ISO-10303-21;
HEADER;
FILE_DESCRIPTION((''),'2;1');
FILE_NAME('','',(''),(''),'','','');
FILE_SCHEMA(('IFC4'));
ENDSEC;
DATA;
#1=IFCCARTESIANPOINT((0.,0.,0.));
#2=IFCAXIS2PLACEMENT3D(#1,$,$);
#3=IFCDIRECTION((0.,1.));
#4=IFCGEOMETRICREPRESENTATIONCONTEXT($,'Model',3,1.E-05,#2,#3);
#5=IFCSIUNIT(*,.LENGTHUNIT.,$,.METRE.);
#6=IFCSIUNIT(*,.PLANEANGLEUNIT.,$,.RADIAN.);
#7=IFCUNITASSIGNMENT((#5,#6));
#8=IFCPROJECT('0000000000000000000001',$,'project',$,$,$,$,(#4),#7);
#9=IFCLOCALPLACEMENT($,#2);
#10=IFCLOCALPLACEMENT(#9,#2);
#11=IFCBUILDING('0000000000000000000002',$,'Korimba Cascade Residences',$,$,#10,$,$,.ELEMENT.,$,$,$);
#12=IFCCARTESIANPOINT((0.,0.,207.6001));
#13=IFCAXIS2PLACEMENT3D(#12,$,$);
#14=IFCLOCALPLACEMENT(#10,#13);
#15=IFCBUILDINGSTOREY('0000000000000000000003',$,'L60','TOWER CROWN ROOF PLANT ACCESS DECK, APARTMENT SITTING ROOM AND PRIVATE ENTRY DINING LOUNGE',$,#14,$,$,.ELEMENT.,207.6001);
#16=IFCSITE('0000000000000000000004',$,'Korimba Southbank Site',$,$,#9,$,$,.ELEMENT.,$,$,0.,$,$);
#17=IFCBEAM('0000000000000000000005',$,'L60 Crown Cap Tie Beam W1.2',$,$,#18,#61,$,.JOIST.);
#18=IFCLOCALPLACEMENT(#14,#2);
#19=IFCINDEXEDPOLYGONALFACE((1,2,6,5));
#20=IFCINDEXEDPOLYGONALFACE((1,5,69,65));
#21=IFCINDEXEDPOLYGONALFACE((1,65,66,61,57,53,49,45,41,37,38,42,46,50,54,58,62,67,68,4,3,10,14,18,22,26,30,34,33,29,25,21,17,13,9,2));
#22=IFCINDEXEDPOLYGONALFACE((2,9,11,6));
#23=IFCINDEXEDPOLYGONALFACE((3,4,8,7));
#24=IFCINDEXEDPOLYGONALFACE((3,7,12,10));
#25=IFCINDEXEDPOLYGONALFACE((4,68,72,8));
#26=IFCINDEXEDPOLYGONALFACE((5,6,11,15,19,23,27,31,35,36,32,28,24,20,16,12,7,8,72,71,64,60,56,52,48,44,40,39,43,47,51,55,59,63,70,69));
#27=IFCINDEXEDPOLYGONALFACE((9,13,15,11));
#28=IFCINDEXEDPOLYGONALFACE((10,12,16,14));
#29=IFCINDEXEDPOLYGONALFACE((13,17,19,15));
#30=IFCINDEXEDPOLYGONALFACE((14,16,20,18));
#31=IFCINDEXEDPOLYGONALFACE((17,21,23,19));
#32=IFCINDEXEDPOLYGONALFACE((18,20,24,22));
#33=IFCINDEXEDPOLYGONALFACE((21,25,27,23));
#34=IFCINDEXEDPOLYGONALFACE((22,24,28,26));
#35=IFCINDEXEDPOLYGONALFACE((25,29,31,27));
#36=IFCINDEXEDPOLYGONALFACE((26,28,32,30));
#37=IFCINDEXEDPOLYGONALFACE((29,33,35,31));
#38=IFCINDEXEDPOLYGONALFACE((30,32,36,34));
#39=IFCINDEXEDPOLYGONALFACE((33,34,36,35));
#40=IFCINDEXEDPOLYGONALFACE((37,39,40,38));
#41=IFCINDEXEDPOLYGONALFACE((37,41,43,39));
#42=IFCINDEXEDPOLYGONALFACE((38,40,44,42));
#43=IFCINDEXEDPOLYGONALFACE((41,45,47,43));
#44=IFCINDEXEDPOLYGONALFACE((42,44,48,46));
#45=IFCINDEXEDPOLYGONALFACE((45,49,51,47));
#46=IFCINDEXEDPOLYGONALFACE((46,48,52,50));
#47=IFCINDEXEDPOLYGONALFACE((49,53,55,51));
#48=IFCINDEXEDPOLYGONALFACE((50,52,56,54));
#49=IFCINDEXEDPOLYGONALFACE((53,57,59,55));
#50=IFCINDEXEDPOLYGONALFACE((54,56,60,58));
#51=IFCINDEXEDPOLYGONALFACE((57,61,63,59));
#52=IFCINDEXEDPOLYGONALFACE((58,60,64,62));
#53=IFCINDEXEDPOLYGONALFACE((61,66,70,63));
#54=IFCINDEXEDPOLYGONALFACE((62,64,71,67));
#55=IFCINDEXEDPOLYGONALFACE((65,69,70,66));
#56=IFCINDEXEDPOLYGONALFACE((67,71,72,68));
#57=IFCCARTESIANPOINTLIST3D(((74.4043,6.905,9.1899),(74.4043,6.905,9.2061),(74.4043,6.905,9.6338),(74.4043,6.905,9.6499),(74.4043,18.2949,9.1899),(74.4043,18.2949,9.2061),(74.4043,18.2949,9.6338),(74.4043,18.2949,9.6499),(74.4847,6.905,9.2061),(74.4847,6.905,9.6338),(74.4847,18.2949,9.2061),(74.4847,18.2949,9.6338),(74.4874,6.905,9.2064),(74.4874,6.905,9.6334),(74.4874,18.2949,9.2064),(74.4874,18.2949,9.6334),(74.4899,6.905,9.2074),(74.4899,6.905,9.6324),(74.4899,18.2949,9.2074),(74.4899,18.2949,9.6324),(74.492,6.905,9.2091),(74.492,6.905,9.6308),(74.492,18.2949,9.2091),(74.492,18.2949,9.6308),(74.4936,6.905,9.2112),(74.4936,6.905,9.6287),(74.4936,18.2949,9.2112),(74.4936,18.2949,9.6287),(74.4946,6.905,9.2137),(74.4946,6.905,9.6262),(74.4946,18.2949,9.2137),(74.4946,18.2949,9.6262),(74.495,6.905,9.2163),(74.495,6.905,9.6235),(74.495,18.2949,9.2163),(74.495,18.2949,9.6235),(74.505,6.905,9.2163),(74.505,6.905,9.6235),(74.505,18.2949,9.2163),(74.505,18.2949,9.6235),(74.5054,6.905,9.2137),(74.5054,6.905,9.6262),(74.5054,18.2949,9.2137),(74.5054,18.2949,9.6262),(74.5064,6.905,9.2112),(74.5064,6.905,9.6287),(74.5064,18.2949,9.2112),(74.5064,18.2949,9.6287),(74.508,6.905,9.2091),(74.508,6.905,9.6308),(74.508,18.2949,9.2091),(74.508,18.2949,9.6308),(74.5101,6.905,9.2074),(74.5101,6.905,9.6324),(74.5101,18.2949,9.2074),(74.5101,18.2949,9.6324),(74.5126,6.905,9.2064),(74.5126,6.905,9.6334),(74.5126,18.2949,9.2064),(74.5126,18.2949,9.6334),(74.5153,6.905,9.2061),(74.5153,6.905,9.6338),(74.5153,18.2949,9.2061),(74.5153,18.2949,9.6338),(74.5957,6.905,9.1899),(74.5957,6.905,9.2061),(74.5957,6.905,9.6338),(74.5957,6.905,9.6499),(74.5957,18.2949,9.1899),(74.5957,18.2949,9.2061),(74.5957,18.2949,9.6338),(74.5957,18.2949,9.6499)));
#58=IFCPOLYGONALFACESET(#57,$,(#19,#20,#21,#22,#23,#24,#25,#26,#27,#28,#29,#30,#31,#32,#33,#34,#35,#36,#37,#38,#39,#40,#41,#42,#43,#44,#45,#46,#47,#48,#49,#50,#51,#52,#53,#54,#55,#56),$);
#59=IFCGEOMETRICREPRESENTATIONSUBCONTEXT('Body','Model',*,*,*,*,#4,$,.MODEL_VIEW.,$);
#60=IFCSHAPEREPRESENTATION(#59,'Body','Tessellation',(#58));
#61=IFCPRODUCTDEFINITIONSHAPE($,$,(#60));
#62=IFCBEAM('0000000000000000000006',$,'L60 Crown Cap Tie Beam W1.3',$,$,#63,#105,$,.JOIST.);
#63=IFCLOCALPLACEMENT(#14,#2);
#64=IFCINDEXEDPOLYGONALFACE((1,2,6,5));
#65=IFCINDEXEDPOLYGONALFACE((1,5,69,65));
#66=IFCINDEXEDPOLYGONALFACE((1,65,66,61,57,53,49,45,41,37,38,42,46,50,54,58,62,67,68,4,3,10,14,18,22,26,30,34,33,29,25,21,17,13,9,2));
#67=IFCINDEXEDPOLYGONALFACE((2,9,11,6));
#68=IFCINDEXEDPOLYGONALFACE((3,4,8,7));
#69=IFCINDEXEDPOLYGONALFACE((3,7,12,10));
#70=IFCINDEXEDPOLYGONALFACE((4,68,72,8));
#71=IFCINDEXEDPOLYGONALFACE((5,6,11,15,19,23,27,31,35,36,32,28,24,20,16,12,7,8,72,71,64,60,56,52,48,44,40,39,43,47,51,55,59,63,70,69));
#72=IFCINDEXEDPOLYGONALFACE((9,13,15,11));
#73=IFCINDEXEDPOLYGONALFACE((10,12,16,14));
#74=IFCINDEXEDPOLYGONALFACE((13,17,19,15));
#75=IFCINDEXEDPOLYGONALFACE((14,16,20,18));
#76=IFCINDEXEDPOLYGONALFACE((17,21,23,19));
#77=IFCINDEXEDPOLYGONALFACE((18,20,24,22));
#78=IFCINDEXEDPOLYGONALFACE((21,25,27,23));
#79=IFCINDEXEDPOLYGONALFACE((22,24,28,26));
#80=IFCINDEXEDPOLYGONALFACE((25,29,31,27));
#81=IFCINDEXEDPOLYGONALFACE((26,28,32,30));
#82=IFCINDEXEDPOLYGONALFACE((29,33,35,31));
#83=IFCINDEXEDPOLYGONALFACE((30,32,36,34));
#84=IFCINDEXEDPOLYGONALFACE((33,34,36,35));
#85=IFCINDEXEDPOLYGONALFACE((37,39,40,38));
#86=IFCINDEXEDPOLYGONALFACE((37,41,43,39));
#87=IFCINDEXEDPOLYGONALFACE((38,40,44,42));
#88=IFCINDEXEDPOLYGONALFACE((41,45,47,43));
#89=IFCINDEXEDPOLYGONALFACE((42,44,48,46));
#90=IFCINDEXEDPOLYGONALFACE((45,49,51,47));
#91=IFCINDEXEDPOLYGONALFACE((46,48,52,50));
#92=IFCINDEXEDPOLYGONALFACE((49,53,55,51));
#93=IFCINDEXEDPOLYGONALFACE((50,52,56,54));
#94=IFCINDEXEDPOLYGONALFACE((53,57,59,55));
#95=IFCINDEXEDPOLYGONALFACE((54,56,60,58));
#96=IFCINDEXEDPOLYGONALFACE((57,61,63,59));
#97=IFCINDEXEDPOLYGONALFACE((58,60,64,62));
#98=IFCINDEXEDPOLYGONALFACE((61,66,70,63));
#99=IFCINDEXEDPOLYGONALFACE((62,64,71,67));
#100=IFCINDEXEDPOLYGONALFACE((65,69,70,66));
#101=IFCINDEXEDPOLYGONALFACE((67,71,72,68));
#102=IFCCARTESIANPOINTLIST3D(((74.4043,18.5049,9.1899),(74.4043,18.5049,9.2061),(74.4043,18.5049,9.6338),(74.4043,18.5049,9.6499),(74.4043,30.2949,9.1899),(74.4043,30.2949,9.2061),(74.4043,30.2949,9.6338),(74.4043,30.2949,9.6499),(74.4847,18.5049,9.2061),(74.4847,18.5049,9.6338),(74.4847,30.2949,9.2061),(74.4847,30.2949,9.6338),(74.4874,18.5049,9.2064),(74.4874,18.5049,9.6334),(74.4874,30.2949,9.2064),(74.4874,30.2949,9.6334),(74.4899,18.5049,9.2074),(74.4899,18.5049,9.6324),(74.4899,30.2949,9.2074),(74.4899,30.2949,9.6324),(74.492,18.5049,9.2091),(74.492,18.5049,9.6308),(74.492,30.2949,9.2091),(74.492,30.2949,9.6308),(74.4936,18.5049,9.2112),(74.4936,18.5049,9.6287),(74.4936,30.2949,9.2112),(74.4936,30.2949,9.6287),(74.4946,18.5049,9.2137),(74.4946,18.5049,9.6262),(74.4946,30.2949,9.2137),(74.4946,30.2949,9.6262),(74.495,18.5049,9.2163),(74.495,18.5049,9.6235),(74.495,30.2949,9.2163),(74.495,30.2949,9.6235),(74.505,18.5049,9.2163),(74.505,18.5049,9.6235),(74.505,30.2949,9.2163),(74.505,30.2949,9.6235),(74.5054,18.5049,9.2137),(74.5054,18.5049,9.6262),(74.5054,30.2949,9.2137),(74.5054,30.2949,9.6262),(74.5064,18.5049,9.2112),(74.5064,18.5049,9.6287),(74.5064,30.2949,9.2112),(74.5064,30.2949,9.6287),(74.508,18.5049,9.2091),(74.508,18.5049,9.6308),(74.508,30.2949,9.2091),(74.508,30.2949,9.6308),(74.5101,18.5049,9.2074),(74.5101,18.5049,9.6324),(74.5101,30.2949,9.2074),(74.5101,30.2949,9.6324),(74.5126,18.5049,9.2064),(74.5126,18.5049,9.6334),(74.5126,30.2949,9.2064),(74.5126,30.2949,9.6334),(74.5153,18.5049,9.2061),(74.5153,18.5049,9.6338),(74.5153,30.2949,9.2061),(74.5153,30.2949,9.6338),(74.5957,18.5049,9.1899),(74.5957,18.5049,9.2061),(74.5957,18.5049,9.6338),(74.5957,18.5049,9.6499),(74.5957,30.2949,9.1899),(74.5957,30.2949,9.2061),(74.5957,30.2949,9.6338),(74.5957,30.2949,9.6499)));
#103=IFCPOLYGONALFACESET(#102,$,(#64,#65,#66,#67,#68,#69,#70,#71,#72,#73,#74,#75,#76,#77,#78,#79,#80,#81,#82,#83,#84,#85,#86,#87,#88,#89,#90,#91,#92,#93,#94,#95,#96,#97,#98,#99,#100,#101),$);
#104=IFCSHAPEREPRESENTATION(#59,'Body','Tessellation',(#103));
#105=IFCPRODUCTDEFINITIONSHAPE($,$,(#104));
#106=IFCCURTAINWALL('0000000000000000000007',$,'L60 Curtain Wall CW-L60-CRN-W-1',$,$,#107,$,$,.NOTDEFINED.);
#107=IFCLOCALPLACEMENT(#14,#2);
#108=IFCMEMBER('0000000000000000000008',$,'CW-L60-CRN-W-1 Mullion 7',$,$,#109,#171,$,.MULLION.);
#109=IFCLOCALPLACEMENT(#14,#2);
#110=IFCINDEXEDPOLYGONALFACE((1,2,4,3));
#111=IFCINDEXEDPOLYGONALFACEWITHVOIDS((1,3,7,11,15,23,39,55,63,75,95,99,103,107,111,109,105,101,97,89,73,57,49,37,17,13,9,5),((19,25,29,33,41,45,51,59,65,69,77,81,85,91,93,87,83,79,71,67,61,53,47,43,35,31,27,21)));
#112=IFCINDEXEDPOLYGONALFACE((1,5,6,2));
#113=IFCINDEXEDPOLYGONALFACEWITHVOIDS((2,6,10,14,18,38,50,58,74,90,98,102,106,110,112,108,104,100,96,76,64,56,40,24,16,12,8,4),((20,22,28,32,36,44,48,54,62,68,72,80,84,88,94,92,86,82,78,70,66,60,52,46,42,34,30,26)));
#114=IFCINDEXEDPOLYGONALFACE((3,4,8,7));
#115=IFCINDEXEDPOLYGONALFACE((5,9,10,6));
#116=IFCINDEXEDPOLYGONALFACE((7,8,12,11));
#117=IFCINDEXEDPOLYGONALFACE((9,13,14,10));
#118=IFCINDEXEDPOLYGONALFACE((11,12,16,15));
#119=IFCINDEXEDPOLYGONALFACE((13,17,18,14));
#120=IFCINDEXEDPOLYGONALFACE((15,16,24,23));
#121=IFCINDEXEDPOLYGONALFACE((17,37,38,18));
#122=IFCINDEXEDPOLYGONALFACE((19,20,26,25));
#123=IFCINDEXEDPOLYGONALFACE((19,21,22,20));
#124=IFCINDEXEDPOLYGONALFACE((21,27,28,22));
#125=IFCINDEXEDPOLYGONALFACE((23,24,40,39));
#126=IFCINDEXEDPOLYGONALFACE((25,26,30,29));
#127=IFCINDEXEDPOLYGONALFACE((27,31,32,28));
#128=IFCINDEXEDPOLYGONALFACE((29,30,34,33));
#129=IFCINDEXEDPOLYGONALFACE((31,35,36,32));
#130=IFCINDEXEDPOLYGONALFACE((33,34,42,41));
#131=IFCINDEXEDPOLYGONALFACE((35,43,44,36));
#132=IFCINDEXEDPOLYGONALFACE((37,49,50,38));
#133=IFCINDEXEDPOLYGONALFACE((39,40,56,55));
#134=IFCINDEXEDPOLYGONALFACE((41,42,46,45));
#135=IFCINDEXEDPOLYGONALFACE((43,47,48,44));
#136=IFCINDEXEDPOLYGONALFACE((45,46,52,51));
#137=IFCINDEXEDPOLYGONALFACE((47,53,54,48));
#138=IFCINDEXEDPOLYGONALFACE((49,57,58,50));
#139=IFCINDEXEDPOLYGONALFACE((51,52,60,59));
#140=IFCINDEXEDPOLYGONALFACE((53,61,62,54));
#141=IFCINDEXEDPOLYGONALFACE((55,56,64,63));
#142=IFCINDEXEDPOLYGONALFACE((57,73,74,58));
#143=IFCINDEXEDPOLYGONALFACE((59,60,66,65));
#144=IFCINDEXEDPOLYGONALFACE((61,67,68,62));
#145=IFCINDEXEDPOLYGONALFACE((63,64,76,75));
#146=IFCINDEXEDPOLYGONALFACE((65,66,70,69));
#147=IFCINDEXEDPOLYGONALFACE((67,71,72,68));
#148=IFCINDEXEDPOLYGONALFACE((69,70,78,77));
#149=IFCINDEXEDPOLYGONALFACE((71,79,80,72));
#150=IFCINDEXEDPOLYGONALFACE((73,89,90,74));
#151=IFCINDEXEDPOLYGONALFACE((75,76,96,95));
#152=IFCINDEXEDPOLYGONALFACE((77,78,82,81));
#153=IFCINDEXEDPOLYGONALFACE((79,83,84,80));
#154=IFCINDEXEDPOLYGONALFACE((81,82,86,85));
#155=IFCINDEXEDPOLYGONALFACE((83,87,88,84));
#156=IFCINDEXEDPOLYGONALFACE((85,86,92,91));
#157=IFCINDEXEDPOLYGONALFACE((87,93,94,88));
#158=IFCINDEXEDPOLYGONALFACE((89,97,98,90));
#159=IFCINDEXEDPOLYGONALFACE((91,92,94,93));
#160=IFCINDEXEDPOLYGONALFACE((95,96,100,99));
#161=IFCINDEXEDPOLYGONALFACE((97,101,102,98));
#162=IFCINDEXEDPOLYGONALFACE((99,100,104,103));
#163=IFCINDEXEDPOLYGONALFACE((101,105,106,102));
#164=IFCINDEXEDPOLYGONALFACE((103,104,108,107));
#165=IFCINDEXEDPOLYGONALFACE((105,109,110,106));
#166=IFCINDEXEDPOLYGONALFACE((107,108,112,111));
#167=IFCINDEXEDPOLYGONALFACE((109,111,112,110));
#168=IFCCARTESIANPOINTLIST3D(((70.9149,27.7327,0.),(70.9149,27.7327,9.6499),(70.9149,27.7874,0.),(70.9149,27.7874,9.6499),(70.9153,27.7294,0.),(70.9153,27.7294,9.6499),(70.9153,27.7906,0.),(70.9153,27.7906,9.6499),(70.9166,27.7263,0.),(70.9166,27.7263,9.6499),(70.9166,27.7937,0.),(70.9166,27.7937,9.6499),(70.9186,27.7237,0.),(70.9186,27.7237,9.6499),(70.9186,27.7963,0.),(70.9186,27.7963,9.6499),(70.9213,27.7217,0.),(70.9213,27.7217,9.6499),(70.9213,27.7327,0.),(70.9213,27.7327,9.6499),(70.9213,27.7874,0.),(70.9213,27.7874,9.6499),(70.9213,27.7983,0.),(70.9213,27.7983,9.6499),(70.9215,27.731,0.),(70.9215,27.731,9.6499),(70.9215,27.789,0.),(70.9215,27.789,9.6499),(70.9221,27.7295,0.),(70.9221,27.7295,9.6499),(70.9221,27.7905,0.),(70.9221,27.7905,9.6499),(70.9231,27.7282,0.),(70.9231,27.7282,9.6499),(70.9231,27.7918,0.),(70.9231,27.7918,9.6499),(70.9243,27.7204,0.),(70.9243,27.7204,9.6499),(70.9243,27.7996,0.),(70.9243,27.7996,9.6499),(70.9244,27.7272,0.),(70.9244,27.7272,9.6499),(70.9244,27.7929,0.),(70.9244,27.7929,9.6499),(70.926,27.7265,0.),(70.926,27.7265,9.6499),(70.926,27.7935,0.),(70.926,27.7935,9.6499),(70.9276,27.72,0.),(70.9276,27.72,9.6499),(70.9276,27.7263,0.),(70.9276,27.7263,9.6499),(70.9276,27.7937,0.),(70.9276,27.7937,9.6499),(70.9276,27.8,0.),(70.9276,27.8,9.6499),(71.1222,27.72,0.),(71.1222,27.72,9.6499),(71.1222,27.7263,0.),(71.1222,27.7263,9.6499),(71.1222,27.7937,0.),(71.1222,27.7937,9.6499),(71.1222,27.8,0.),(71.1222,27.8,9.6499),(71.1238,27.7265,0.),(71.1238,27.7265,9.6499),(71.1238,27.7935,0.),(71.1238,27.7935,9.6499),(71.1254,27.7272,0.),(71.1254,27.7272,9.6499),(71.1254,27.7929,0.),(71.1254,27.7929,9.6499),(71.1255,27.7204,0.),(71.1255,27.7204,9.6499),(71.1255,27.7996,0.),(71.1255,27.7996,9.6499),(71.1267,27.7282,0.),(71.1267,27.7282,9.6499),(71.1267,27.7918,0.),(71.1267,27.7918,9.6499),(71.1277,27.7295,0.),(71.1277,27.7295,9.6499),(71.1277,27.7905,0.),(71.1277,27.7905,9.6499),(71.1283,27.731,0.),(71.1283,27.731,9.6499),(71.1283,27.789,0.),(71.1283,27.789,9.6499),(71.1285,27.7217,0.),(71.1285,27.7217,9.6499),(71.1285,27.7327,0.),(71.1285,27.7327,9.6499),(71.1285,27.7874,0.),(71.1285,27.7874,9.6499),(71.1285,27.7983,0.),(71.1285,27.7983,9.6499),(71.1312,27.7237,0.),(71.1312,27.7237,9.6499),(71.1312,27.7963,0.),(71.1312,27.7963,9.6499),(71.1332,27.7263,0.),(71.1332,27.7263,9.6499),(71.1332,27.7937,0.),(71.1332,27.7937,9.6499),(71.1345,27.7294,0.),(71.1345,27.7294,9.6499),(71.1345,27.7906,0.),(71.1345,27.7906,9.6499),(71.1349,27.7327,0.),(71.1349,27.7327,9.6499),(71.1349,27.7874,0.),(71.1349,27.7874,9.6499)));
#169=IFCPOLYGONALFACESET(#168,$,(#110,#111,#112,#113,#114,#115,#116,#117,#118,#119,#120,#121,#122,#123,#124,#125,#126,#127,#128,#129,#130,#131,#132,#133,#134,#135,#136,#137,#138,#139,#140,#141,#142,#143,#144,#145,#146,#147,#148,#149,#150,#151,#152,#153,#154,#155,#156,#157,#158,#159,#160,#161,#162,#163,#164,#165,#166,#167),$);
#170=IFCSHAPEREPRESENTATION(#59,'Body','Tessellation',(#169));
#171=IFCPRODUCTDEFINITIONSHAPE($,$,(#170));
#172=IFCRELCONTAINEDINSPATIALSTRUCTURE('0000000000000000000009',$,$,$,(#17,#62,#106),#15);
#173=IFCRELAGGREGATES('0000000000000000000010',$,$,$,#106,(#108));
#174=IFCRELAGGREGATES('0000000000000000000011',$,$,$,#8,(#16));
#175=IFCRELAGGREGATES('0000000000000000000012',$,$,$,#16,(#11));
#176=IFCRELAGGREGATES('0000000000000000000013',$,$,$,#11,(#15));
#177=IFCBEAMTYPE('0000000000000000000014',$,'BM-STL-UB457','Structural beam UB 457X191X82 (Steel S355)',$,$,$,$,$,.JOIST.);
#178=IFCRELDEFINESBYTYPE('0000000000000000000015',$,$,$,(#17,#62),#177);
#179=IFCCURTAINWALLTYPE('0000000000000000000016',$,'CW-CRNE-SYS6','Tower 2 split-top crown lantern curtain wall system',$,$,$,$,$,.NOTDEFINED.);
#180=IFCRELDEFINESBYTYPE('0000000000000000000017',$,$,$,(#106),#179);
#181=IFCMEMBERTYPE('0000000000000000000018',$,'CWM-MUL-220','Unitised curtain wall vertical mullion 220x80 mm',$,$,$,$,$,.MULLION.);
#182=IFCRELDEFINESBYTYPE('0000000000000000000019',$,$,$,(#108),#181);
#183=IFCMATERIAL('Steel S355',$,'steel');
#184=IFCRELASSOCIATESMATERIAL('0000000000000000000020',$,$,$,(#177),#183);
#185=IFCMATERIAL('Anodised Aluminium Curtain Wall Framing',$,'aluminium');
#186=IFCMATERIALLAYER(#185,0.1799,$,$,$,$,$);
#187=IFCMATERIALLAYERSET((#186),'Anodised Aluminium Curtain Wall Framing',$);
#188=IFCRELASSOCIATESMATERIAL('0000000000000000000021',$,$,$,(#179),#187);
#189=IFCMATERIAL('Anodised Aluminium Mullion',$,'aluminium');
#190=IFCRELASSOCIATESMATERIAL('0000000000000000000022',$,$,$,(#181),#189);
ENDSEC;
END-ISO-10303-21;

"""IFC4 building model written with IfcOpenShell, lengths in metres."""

from ifc_helpers import new_model, si_unit, direction, frame, origin, origin_2d, place, context, subcontext, project, spatial, hollow_rectangle, i_section, extrude, material, layer, layer_set, material_profile, profile_set, type_object, element, aggregate, save


model = new_model("IFC4")

# Units and contexts
model_context = context("Model", 3, precision=1e-05, world=origin(), true_north=direction((0.0, 1.0)))
body_context = subcontext(model_context, "Body", "Model", "MODEL_VIEW")
ifc_project = project(units=[si_unit("LENGTHUNIT", "METRE"), si_unit("PLANEANGLEUNIT", "RADIAN")], contexts=[model_context])

# Site, building, storey
site_placement = place(None, origin())
site = spatial("IfcSite", under=ifc_project, at=site_placement, Name="Korimba Southbank Site", CompositionType="ELEMENT", RefElevation=0.0)
building_placement = place(site_placement, origin())
building = spatial("IfcBuilding", under=site, at=building_placement, Name="Korimba Cascade Residences", CompositionType="ELEMENT")
storey_placement = place(building_placement, frame((0.0, 0.0, 207.6001)))
storey = spatial("IfcBuildingStorey", under=building, at=storey_placement, Name="L60", Description="TOWER CROWN ROOF PLANT ACCESS DECK, APARTMENT SITTING ROOM AND PRIVATE ENTRY DINING LOUNGE", CompositionType="ELEMENT", Elevation=207.6001)

# Shared definitions
ifc_material_1 = material(Name="Steel S355", Category="steel")

# Beams
ifc_material_profile_1 = material_profile(ifc_material_1, i_section(OverallWidth=0.1914, OverallDepth=0.46, WebThickness=0.01, FlangeThickness=0.0161, FilletRadius=0.0103, at=origin_2d()), Name="Steel S355")
ifc_profile_set_1 = profile_set([ifc_material_profile_1], Name="Steel S355")
beam_type_1 = type_object("IfcBeamType", Name="BM-STL-UB457", Description="Structural beam UB 457X191X82 (Steel S355)", PredefinedType="JOIST", material=ifc_profile_set_1)
beam_1_placement = place(storey_placement, frame((74.5, 6.905, 9.4199), z_axis=(0.0, 1.0, 0.0), x_axis=(-1.0, 0.0, 0.0)))
element("IfcBeam", 1, at=beam_1_placement, inside=storey, type_object=beam_type_1, Name="L60 Crown Cap Tie Beam W1.2", PredefinedType="JOIST", context=body_context, shape_type="SweptSolid", body=[
    extrude(i_section(OverallWidth=0.1914, OverallDepth=0.46, WebThickness=0.01, FlangeThickness=0.0161, FilletRadius=0.0103, at=origin_2d()), origin(), (0.0, 0.0, 1.0), 11.3899),
])
beam_2_placement = place(storey_placement, frame((74.5, 18.5049, 9.4199), z_axis=(0.0, 1.0, 0.0), x_axis=(-1.0, 0.0, 0.0)))
element("IfcBeam", 2, at=beam_2_placement, inside=storey, type_object=beam_type_1, Name="L60 Crown Cap Tie Beam W1.3", PredefinedType="JOIST", context=body_context, shape_type="SweptSolid", body=[
    extrude(i_section(OverallWidth=0.1914, OverallDepth=0.46, WebThickness=0.01, FlangeThickness=0.0161, FilletRadius=0.0103, at=origin_2d()), origin(), (0.0, 0.0, 1.0), 11.79),
])

# Curtain wall, member
ifc_material_2 = material(Name="Anodised Aluminium Curtain Wall Framing", Category="aluminium")
ifc_layer_1 = layer(ifc_material_2, 0.1799)
ifc_layer_set_1 = layer_set([ifc_layer_1], Name="Anodised Aluminium Curtain Wall Framing")
curtain_wall_type = type_object("IfcCurtainWallType", Name="CW-CRNE-SYS6", Description="Tower 2 split-top crown lantern curtain wall system", PredefinedType="NOTDEFINED", material=ifc_layer_set_1)
curtain_wall_1_placement = place(storey_placement, origin())
curtain_wall_1 = element("IfcCurtainWall", 3, at=curtain_wall_1_placement, inside=storey, type_object=curtain_wall_type, Name="L60 Curtain Wall CW-L60-CRN-W-1", PredefinedType="NOTDEFINED")
ifc_material_3 = material(Name="Anodised Aluminium Mullion", Category="aluminium")
ifc_material_profile_2 = material_profile(ifc_material_3, hollow_rectangle(XDim=0.0801, YDim=0.22, WallThickness=0.0063, InnerFilletRadius=0.0063, OuterFilletRadius=0.0127, at=origin_2d()), Name="Anodised Aluminium Mullion")
ifc_profile_set_2 = profile_set([ifc_material_profile_2], Name="Anodised Aluminium Mullion")
member_type_1 = type_object("IfcMemberType", Name="CWM-MUL-220", Description="Unitised curtain wall vertical mullion 220x80 mm", PredefinedType="MULLION", material=ifc_profile_set_2)
member_1_placement = place(storey_placement, frame((71.0249, 27.76, 0.0), z_axis=(0.0, 0.0, 1.0), x_axis=(0.0, 1.0, 0.0)))
member_1 = element("IfcMember", 4, at=member_1_placement, type_object=member_type_1, Name="CW-L60-CRN-W-1 Mullion 7", PredefinedType="MULLION", context=body_context, shape_type="SweptSolid", body=[
    extrude(hollow_rectangle(XDim=0.0801, YDim=0.22, WallThickness=0.0063, InnerFilletRadius=0.0063, OuterFilletRadius=0.0127, at=origin_2d()), origin(), (0.0, 0.0, 1.0), 9.6499),
])

aggregate(curtain_wall_1, [member_1])

save(model, "model.ifc")
